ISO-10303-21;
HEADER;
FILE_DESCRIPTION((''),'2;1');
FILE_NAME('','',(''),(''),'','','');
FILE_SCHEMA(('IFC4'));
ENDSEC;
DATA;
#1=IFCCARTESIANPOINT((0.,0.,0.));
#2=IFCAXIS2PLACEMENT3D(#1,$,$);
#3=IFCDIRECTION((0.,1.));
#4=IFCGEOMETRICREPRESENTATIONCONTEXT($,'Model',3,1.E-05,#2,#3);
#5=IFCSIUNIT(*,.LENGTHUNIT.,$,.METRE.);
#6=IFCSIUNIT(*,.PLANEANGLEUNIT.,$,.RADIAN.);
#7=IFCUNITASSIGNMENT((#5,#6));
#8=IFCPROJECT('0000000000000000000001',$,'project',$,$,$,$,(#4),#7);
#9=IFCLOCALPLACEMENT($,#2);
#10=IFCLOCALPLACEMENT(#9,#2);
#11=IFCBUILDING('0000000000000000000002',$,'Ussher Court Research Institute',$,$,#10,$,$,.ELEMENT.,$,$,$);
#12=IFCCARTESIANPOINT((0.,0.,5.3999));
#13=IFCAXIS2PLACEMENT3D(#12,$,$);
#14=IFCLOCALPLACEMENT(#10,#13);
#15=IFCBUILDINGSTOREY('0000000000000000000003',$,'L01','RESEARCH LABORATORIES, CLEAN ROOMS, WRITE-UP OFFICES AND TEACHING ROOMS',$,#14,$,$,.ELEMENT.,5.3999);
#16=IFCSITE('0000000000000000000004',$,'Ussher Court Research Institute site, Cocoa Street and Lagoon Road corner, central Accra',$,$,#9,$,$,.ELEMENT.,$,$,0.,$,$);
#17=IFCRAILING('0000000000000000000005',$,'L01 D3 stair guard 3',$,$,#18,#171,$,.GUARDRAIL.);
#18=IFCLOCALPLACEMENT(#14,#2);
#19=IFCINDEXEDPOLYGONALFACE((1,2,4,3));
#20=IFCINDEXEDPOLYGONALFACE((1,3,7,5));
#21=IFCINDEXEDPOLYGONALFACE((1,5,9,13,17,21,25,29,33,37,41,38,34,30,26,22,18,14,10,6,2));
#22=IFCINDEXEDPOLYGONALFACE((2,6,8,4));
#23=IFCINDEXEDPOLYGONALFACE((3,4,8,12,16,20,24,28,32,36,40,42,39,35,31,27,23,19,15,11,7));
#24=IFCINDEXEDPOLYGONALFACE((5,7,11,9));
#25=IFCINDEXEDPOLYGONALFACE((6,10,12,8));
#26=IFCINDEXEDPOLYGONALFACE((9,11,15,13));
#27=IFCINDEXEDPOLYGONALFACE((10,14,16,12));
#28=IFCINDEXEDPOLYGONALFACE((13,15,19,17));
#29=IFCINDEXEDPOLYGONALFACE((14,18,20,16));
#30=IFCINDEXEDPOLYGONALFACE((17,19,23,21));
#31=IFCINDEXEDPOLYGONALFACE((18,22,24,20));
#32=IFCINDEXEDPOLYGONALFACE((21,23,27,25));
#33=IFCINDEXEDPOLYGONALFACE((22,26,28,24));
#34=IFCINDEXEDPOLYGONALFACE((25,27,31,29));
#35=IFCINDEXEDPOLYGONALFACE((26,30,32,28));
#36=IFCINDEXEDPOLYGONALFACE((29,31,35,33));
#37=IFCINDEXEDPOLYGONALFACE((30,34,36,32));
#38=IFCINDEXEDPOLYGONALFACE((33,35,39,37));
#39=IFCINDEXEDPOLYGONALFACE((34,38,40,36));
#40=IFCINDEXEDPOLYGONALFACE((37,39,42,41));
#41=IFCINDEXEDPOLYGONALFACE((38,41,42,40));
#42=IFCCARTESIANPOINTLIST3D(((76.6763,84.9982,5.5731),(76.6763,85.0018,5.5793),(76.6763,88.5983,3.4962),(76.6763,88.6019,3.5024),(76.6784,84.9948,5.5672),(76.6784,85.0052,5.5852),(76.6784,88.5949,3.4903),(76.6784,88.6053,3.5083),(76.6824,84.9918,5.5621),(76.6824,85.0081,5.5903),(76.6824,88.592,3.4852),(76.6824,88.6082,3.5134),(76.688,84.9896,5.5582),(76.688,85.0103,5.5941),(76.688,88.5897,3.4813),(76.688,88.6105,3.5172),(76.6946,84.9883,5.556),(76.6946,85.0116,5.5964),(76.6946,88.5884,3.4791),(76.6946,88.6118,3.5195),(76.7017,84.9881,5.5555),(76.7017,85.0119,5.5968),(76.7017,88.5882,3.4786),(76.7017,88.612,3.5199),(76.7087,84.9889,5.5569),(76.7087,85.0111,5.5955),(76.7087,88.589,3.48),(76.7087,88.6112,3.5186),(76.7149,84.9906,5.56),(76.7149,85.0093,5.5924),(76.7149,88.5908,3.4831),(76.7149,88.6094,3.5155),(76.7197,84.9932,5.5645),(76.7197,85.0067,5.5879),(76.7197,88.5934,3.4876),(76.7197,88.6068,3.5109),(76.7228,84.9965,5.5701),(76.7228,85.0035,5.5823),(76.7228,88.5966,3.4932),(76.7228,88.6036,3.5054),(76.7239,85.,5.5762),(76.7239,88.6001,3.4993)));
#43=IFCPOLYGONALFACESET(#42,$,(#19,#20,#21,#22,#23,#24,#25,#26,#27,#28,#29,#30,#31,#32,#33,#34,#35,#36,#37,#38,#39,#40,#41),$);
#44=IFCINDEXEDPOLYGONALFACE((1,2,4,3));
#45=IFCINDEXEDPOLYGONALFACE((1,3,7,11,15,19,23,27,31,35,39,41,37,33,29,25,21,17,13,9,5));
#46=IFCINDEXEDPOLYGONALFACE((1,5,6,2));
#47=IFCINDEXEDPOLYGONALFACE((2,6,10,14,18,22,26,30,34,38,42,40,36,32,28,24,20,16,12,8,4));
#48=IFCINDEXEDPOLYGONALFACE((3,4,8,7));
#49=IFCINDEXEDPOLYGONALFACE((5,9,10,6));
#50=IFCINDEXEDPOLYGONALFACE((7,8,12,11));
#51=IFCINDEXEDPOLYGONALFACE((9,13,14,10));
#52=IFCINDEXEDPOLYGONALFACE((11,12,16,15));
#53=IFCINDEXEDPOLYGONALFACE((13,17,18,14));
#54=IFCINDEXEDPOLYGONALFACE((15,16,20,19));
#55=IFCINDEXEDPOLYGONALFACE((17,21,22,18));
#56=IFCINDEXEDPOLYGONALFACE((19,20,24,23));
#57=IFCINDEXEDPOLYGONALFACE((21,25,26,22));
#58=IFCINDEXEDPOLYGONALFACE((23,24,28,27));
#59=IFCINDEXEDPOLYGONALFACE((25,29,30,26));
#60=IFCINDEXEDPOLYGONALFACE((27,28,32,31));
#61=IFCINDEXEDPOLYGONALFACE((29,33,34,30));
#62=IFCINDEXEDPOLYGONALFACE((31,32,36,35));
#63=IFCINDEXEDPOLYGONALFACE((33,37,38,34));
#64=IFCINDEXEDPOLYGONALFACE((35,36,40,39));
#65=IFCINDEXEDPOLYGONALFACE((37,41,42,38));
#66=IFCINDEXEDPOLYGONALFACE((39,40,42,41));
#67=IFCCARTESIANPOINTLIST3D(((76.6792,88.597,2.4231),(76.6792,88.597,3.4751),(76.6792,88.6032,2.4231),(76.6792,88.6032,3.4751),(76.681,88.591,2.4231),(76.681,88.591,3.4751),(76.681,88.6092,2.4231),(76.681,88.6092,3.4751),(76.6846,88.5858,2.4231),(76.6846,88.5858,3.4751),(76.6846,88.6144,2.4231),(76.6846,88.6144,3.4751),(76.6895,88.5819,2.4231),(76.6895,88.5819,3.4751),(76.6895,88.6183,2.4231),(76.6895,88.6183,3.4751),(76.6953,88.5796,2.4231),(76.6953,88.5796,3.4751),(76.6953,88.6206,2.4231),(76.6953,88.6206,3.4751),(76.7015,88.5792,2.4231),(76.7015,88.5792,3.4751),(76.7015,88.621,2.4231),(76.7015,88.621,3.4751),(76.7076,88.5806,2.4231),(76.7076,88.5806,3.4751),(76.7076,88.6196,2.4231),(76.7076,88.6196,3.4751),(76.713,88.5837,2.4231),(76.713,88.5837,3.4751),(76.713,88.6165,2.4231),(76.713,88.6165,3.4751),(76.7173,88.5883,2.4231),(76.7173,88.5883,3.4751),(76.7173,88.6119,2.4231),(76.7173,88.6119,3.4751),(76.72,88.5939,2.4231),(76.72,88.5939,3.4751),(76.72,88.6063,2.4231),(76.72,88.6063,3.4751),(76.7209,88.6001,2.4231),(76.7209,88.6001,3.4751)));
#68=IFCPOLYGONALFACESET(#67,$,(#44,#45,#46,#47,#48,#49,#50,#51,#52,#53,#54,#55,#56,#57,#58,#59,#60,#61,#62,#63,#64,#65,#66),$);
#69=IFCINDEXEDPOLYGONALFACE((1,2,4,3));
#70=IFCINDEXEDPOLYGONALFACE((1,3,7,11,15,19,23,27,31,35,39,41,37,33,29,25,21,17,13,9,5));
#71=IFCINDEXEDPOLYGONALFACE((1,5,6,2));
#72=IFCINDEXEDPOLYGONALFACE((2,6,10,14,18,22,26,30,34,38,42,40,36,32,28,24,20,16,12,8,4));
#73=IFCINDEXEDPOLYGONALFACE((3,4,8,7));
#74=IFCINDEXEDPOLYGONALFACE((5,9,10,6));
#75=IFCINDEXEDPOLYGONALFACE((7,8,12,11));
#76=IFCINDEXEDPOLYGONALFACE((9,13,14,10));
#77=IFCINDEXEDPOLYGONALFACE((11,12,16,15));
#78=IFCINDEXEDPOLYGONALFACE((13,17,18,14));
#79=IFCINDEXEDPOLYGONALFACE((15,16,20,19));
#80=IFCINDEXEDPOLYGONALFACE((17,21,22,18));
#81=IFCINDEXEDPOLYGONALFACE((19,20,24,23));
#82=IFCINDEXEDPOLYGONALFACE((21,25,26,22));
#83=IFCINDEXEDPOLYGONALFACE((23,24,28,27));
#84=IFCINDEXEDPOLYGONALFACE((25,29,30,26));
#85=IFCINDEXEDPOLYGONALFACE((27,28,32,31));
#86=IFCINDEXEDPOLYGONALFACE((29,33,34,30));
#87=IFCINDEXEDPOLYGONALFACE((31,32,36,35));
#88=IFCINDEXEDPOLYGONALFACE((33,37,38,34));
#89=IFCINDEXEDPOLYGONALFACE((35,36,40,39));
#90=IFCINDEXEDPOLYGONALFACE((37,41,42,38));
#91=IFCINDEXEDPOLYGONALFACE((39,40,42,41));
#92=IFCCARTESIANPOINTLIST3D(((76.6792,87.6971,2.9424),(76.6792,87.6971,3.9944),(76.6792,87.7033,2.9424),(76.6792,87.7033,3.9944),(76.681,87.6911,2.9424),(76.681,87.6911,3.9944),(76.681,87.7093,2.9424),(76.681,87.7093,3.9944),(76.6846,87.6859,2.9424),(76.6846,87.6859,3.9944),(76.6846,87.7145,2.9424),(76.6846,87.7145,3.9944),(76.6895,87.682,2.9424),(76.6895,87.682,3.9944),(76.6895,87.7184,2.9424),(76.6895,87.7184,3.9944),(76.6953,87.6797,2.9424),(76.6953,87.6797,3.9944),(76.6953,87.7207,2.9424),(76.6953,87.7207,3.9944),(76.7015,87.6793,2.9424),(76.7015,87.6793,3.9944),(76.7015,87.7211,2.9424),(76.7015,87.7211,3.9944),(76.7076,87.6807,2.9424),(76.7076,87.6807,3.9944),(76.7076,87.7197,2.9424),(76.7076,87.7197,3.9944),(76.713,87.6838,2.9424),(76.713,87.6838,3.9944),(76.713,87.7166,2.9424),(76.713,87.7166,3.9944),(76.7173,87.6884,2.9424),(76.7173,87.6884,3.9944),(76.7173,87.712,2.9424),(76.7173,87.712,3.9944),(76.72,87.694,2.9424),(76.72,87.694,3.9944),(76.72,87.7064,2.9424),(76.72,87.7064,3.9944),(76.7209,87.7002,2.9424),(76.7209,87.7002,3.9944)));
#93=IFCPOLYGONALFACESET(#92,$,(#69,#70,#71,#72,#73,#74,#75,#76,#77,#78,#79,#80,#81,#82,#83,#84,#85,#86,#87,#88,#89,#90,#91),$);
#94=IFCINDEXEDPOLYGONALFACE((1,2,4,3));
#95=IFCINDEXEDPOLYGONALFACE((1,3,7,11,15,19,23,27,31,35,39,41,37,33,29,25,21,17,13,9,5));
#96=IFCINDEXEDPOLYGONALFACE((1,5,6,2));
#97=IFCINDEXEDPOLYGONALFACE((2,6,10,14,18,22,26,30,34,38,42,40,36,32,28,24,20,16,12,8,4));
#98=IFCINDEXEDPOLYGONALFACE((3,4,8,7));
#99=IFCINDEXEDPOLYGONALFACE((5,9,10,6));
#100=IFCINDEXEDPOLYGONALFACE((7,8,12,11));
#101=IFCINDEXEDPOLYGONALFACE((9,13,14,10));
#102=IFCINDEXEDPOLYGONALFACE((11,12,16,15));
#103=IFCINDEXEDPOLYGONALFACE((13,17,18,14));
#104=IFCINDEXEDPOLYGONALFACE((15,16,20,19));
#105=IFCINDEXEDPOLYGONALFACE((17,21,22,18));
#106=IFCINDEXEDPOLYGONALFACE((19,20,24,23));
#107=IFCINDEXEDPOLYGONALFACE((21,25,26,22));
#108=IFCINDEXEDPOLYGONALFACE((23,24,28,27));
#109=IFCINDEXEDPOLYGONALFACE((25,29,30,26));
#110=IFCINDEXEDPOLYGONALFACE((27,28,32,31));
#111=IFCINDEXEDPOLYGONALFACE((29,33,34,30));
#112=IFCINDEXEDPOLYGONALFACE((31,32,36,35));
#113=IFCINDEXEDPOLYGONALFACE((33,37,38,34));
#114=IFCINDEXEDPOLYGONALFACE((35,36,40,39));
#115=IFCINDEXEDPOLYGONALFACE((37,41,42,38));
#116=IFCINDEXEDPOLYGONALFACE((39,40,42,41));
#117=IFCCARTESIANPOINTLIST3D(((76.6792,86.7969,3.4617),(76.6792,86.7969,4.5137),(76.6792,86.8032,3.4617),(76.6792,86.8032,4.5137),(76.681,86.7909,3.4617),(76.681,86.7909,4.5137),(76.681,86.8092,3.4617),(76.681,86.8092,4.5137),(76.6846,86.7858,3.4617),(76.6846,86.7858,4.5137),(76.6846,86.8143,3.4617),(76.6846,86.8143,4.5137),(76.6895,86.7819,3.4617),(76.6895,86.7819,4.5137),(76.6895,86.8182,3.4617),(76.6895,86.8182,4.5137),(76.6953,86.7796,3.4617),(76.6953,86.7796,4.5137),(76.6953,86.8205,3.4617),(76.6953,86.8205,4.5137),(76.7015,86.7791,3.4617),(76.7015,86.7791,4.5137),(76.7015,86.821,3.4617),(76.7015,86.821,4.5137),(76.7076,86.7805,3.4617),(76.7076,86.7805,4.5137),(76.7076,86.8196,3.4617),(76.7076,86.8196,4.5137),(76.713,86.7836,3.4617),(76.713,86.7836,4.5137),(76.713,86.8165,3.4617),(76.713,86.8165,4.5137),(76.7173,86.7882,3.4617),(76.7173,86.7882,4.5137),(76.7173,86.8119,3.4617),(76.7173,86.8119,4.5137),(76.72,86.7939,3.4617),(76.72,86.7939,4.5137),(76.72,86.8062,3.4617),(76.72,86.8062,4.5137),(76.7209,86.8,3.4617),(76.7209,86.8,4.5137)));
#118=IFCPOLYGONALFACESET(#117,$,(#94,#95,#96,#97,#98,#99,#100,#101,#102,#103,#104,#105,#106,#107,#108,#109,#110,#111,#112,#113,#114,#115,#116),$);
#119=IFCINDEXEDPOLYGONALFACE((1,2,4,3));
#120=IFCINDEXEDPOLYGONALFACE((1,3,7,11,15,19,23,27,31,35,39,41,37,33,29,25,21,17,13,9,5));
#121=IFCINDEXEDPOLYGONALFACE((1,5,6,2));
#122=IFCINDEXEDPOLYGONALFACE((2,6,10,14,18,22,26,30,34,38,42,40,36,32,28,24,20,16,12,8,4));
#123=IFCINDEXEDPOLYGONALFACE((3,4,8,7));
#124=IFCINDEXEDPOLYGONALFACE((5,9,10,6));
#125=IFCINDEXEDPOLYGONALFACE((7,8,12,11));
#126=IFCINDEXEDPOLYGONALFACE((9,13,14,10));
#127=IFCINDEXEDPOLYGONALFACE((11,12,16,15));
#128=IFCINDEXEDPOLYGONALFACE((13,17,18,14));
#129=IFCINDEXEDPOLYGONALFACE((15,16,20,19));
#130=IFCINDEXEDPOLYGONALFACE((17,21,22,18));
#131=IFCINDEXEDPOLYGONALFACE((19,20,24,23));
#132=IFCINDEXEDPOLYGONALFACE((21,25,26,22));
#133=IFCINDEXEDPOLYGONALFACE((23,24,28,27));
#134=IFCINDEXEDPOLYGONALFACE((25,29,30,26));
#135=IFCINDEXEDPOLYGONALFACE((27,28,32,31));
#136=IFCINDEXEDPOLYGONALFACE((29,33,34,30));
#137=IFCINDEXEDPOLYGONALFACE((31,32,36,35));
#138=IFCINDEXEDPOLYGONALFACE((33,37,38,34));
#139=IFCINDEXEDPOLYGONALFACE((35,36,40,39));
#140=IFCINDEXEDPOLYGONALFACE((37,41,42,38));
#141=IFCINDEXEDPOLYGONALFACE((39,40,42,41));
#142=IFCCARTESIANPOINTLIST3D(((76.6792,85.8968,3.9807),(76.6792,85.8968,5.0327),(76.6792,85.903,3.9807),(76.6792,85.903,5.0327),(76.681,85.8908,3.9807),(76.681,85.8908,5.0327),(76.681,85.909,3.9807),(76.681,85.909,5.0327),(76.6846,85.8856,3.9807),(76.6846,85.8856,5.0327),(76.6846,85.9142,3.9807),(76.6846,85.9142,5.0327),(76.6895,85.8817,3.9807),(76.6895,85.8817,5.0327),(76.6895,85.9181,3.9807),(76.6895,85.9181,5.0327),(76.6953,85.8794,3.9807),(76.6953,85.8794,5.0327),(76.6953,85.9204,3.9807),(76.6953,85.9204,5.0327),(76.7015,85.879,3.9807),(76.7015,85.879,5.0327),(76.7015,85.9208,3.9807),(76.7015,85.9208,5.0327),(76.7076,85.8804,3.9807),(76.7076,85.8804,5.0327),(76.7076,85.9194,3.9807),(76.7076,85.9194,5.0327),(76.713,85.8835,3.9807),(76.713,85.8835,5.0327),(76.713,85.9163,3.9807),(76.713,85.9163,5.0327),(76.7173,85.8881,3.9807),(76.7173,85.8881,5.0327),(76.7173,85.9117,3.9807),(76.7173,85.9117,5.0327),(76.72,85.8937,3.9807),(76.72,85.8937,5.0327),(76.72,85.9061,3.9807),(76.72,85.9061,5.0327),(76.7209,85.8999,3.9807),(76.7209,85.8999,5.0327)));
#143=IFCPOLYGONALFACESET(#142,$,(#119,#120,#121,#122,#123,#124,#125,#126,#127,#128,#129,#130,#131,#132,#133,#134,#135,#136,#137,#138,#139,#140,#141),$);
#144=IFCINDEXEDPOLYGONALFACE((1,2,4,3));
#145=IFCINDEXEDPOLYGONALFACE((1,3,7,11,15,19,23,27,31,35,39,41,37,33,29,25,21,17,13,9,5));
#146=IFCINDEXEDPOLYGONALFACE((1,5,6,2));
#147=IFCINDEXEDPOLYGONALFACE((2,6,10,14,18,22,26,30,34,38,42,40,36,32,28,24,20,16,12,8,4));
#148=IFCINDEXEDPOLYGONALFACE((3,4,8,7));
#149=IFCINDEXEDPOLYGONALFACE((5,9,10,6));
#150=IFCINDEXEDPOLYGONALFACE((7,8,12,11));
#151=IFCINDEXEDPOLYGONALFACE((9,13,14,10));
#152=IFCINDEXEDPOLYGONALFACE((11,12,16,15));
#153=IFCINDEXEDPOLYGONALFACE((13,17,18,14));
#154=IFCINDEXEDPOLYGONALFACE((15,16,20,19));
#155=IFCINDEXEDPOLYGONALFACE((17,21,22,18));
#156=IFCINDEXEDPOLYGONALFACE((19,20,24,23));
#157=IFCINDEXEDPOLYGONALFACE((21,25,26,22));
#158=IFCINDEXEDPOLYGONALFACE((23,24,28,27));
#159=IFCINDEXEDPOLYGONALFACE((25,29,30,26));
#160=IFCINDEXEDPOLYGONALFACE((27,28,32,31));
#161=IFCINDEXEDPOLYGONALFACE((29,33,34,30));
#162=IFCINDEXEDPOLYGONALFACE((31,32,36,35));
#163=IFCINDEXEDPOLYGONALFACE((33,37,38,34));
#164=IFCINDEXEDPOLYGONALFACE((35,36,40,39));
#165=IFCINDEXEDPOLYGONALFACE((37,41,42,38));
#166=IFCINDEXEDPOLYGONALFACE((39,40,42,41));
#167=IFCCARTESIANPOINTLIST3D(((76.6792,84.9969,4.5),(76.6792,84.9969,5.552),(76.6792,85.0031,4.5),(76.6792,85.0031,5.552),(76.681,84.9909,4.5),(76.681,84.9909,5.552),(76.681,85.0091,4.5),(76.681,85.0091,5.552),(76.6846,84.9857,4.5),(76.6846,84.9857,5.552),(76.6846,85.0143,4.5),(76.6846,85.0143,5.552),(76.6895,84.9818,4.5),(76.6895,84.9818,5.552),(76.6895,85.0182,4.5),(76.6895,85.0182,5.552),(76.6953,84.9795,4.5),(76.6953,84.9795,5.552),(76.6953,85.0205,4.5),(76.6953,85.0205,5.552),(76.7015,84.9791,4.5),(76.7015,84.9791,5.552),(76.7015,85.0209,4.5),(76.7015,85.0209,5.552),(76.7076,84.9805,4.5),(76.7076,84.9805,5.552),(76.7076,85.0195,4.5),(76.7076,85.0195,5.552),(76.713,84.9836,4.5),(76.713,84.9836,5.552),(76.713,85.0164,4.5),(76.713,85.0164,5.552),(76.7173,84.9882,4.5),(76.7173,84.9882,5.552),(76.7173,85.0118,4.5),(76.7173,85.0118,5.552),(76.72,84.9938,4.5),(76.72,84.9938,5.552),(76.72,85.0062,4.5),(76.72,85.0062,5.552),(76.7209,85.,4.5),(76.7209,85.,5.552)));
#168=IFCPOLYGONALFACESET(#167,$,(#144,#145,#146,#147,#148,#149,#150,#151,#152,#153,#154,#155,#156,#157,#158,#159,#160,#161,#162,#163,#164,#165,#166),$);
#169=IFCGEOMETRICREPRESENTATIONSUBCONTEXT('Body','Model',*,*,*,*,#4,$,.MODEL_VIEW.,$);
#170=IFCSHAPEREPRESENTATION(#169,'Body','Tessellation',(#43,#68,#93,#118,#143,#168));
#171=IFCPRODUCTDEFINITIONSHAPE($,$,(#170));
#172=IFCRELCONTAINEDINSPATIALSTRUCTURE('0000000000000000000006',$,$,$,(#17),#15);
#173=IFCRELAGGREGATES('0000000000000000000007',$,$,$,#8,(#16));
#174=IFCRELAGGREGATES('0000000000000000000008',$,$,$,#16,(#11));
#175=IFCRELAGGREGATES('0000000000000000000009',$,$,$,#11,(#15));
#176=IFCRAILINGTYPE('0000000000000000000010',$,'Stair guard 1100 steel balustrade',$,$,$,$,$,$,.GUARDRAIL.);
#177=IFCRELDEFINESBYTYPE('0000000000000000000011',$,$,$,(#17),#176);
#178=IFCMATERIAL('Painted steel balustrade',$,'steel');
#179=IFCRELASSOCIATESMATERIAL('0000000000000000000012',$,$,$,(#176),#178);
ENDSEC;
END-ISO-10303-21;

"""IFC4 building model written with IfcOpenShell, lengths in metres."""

from ifc_helpers import new_model, si_unit, direction, frame, origin, origin_2d, place, context, subcontext, project, spatial, circle, extrude, material, type_object, element, save


model = new_model("IFC4")

# Units and contexts
model_context = context("Model", 3, precision=1e-05, world=origin(), true_north=direction((0.0, 1.0)))
body_context = subcontext(model_context, "Body", "Model", "MODEL_VIEW")
ifc_project = project(units=[si_unit("LENGTHUNIT", "METRE"), si_unit("PLANEANGLEUNIT", "RADIAN")], contexts=[model_context])

# Site, building, storey
site_placement = place(None, origin())
site = spatial("IfcSite", under=ifc_project, at=site_placement, Name="Ussher Court Research Institute site, Cocoa Street and Lagoon Road corner, central Accra", CompositionType="ELEMENT", RefElevation=0.0)
building_placement = place(site_placement, origin())
building = spatial("IfcBuilding", under=site, at=building_placement, Name="Ussher Court Research Institute", CompositionType="ELEMENT")
storey_placement = place(building_placement, frame((0.0, 0.0, 5.3999)))
storey = spatial("IfcBuildingStorey", under=building, at=storey_placement, Name="L01", Description="RESEARCH LABORATORIES, CLEAN ROOMS, WRITE-UP OFFICES AND TEACHING ROOMS", CompositionType="ELEMENT", Elevation=5.3999)

# Railing
ifc_material_1 = material(Name="Painted steel balustrade", Category="steel")
railing_type_1 = type_object("IfcRailingType", Name="Stair guard 1100 steel balustrade", PredefinedType="GUARDRAIL", material=ifc_material_1)
railing_1_placement = place(storey_placement, frame((76.7, 88.6001, 2.4231)))
element("IfcRailing", 1, at=railing_1_placement, inside=storey, type_object=railing_type_1, Name="L01 D3 stair guard 3", PredefinedType="GUARDRAIL", context=body_context, shape_type="SweptSolid", body=[
    extrude(circle(Radius=0.0239, at=origin_2d()), frame((0.0, 0.0, 1.0762), z_axis=(0.0, -0.866193, 0.499709), x_axis=(1.0, 0.0, 0.0)), (0.0, 0.0, 1.0), 4.1562),
    extrude(circle(Radius=0.021, at=origin_2d()), origin(), (0.0, 0.0, 1.0), 1.052),
    extrude(circle(Radius=0.021, at=origin_2d()), frame((0.0, -0.8999, 0.5193)), (0.0, 0.0, 1.0), 1.052),
    extrude(circle(Radius=0.021, at=origin_2d()), frame((0.0, -1.8, 1.0386)), (0.0, 0.0, 1.0), 1.052),
    extrude(circle(Radius=0.021, at=origin_2d()), frame((0.0, -2.7002, 1.5576)), (0.0, 0.0, 1.0), 1.052),
    extrude(circle(Radius=0.021, at=origin_2d()), frame((0.0, -3.6001, 2.0769)), (0.0, 0.0, 1.0), 1.052),
])

save(model, "model.ifc")
